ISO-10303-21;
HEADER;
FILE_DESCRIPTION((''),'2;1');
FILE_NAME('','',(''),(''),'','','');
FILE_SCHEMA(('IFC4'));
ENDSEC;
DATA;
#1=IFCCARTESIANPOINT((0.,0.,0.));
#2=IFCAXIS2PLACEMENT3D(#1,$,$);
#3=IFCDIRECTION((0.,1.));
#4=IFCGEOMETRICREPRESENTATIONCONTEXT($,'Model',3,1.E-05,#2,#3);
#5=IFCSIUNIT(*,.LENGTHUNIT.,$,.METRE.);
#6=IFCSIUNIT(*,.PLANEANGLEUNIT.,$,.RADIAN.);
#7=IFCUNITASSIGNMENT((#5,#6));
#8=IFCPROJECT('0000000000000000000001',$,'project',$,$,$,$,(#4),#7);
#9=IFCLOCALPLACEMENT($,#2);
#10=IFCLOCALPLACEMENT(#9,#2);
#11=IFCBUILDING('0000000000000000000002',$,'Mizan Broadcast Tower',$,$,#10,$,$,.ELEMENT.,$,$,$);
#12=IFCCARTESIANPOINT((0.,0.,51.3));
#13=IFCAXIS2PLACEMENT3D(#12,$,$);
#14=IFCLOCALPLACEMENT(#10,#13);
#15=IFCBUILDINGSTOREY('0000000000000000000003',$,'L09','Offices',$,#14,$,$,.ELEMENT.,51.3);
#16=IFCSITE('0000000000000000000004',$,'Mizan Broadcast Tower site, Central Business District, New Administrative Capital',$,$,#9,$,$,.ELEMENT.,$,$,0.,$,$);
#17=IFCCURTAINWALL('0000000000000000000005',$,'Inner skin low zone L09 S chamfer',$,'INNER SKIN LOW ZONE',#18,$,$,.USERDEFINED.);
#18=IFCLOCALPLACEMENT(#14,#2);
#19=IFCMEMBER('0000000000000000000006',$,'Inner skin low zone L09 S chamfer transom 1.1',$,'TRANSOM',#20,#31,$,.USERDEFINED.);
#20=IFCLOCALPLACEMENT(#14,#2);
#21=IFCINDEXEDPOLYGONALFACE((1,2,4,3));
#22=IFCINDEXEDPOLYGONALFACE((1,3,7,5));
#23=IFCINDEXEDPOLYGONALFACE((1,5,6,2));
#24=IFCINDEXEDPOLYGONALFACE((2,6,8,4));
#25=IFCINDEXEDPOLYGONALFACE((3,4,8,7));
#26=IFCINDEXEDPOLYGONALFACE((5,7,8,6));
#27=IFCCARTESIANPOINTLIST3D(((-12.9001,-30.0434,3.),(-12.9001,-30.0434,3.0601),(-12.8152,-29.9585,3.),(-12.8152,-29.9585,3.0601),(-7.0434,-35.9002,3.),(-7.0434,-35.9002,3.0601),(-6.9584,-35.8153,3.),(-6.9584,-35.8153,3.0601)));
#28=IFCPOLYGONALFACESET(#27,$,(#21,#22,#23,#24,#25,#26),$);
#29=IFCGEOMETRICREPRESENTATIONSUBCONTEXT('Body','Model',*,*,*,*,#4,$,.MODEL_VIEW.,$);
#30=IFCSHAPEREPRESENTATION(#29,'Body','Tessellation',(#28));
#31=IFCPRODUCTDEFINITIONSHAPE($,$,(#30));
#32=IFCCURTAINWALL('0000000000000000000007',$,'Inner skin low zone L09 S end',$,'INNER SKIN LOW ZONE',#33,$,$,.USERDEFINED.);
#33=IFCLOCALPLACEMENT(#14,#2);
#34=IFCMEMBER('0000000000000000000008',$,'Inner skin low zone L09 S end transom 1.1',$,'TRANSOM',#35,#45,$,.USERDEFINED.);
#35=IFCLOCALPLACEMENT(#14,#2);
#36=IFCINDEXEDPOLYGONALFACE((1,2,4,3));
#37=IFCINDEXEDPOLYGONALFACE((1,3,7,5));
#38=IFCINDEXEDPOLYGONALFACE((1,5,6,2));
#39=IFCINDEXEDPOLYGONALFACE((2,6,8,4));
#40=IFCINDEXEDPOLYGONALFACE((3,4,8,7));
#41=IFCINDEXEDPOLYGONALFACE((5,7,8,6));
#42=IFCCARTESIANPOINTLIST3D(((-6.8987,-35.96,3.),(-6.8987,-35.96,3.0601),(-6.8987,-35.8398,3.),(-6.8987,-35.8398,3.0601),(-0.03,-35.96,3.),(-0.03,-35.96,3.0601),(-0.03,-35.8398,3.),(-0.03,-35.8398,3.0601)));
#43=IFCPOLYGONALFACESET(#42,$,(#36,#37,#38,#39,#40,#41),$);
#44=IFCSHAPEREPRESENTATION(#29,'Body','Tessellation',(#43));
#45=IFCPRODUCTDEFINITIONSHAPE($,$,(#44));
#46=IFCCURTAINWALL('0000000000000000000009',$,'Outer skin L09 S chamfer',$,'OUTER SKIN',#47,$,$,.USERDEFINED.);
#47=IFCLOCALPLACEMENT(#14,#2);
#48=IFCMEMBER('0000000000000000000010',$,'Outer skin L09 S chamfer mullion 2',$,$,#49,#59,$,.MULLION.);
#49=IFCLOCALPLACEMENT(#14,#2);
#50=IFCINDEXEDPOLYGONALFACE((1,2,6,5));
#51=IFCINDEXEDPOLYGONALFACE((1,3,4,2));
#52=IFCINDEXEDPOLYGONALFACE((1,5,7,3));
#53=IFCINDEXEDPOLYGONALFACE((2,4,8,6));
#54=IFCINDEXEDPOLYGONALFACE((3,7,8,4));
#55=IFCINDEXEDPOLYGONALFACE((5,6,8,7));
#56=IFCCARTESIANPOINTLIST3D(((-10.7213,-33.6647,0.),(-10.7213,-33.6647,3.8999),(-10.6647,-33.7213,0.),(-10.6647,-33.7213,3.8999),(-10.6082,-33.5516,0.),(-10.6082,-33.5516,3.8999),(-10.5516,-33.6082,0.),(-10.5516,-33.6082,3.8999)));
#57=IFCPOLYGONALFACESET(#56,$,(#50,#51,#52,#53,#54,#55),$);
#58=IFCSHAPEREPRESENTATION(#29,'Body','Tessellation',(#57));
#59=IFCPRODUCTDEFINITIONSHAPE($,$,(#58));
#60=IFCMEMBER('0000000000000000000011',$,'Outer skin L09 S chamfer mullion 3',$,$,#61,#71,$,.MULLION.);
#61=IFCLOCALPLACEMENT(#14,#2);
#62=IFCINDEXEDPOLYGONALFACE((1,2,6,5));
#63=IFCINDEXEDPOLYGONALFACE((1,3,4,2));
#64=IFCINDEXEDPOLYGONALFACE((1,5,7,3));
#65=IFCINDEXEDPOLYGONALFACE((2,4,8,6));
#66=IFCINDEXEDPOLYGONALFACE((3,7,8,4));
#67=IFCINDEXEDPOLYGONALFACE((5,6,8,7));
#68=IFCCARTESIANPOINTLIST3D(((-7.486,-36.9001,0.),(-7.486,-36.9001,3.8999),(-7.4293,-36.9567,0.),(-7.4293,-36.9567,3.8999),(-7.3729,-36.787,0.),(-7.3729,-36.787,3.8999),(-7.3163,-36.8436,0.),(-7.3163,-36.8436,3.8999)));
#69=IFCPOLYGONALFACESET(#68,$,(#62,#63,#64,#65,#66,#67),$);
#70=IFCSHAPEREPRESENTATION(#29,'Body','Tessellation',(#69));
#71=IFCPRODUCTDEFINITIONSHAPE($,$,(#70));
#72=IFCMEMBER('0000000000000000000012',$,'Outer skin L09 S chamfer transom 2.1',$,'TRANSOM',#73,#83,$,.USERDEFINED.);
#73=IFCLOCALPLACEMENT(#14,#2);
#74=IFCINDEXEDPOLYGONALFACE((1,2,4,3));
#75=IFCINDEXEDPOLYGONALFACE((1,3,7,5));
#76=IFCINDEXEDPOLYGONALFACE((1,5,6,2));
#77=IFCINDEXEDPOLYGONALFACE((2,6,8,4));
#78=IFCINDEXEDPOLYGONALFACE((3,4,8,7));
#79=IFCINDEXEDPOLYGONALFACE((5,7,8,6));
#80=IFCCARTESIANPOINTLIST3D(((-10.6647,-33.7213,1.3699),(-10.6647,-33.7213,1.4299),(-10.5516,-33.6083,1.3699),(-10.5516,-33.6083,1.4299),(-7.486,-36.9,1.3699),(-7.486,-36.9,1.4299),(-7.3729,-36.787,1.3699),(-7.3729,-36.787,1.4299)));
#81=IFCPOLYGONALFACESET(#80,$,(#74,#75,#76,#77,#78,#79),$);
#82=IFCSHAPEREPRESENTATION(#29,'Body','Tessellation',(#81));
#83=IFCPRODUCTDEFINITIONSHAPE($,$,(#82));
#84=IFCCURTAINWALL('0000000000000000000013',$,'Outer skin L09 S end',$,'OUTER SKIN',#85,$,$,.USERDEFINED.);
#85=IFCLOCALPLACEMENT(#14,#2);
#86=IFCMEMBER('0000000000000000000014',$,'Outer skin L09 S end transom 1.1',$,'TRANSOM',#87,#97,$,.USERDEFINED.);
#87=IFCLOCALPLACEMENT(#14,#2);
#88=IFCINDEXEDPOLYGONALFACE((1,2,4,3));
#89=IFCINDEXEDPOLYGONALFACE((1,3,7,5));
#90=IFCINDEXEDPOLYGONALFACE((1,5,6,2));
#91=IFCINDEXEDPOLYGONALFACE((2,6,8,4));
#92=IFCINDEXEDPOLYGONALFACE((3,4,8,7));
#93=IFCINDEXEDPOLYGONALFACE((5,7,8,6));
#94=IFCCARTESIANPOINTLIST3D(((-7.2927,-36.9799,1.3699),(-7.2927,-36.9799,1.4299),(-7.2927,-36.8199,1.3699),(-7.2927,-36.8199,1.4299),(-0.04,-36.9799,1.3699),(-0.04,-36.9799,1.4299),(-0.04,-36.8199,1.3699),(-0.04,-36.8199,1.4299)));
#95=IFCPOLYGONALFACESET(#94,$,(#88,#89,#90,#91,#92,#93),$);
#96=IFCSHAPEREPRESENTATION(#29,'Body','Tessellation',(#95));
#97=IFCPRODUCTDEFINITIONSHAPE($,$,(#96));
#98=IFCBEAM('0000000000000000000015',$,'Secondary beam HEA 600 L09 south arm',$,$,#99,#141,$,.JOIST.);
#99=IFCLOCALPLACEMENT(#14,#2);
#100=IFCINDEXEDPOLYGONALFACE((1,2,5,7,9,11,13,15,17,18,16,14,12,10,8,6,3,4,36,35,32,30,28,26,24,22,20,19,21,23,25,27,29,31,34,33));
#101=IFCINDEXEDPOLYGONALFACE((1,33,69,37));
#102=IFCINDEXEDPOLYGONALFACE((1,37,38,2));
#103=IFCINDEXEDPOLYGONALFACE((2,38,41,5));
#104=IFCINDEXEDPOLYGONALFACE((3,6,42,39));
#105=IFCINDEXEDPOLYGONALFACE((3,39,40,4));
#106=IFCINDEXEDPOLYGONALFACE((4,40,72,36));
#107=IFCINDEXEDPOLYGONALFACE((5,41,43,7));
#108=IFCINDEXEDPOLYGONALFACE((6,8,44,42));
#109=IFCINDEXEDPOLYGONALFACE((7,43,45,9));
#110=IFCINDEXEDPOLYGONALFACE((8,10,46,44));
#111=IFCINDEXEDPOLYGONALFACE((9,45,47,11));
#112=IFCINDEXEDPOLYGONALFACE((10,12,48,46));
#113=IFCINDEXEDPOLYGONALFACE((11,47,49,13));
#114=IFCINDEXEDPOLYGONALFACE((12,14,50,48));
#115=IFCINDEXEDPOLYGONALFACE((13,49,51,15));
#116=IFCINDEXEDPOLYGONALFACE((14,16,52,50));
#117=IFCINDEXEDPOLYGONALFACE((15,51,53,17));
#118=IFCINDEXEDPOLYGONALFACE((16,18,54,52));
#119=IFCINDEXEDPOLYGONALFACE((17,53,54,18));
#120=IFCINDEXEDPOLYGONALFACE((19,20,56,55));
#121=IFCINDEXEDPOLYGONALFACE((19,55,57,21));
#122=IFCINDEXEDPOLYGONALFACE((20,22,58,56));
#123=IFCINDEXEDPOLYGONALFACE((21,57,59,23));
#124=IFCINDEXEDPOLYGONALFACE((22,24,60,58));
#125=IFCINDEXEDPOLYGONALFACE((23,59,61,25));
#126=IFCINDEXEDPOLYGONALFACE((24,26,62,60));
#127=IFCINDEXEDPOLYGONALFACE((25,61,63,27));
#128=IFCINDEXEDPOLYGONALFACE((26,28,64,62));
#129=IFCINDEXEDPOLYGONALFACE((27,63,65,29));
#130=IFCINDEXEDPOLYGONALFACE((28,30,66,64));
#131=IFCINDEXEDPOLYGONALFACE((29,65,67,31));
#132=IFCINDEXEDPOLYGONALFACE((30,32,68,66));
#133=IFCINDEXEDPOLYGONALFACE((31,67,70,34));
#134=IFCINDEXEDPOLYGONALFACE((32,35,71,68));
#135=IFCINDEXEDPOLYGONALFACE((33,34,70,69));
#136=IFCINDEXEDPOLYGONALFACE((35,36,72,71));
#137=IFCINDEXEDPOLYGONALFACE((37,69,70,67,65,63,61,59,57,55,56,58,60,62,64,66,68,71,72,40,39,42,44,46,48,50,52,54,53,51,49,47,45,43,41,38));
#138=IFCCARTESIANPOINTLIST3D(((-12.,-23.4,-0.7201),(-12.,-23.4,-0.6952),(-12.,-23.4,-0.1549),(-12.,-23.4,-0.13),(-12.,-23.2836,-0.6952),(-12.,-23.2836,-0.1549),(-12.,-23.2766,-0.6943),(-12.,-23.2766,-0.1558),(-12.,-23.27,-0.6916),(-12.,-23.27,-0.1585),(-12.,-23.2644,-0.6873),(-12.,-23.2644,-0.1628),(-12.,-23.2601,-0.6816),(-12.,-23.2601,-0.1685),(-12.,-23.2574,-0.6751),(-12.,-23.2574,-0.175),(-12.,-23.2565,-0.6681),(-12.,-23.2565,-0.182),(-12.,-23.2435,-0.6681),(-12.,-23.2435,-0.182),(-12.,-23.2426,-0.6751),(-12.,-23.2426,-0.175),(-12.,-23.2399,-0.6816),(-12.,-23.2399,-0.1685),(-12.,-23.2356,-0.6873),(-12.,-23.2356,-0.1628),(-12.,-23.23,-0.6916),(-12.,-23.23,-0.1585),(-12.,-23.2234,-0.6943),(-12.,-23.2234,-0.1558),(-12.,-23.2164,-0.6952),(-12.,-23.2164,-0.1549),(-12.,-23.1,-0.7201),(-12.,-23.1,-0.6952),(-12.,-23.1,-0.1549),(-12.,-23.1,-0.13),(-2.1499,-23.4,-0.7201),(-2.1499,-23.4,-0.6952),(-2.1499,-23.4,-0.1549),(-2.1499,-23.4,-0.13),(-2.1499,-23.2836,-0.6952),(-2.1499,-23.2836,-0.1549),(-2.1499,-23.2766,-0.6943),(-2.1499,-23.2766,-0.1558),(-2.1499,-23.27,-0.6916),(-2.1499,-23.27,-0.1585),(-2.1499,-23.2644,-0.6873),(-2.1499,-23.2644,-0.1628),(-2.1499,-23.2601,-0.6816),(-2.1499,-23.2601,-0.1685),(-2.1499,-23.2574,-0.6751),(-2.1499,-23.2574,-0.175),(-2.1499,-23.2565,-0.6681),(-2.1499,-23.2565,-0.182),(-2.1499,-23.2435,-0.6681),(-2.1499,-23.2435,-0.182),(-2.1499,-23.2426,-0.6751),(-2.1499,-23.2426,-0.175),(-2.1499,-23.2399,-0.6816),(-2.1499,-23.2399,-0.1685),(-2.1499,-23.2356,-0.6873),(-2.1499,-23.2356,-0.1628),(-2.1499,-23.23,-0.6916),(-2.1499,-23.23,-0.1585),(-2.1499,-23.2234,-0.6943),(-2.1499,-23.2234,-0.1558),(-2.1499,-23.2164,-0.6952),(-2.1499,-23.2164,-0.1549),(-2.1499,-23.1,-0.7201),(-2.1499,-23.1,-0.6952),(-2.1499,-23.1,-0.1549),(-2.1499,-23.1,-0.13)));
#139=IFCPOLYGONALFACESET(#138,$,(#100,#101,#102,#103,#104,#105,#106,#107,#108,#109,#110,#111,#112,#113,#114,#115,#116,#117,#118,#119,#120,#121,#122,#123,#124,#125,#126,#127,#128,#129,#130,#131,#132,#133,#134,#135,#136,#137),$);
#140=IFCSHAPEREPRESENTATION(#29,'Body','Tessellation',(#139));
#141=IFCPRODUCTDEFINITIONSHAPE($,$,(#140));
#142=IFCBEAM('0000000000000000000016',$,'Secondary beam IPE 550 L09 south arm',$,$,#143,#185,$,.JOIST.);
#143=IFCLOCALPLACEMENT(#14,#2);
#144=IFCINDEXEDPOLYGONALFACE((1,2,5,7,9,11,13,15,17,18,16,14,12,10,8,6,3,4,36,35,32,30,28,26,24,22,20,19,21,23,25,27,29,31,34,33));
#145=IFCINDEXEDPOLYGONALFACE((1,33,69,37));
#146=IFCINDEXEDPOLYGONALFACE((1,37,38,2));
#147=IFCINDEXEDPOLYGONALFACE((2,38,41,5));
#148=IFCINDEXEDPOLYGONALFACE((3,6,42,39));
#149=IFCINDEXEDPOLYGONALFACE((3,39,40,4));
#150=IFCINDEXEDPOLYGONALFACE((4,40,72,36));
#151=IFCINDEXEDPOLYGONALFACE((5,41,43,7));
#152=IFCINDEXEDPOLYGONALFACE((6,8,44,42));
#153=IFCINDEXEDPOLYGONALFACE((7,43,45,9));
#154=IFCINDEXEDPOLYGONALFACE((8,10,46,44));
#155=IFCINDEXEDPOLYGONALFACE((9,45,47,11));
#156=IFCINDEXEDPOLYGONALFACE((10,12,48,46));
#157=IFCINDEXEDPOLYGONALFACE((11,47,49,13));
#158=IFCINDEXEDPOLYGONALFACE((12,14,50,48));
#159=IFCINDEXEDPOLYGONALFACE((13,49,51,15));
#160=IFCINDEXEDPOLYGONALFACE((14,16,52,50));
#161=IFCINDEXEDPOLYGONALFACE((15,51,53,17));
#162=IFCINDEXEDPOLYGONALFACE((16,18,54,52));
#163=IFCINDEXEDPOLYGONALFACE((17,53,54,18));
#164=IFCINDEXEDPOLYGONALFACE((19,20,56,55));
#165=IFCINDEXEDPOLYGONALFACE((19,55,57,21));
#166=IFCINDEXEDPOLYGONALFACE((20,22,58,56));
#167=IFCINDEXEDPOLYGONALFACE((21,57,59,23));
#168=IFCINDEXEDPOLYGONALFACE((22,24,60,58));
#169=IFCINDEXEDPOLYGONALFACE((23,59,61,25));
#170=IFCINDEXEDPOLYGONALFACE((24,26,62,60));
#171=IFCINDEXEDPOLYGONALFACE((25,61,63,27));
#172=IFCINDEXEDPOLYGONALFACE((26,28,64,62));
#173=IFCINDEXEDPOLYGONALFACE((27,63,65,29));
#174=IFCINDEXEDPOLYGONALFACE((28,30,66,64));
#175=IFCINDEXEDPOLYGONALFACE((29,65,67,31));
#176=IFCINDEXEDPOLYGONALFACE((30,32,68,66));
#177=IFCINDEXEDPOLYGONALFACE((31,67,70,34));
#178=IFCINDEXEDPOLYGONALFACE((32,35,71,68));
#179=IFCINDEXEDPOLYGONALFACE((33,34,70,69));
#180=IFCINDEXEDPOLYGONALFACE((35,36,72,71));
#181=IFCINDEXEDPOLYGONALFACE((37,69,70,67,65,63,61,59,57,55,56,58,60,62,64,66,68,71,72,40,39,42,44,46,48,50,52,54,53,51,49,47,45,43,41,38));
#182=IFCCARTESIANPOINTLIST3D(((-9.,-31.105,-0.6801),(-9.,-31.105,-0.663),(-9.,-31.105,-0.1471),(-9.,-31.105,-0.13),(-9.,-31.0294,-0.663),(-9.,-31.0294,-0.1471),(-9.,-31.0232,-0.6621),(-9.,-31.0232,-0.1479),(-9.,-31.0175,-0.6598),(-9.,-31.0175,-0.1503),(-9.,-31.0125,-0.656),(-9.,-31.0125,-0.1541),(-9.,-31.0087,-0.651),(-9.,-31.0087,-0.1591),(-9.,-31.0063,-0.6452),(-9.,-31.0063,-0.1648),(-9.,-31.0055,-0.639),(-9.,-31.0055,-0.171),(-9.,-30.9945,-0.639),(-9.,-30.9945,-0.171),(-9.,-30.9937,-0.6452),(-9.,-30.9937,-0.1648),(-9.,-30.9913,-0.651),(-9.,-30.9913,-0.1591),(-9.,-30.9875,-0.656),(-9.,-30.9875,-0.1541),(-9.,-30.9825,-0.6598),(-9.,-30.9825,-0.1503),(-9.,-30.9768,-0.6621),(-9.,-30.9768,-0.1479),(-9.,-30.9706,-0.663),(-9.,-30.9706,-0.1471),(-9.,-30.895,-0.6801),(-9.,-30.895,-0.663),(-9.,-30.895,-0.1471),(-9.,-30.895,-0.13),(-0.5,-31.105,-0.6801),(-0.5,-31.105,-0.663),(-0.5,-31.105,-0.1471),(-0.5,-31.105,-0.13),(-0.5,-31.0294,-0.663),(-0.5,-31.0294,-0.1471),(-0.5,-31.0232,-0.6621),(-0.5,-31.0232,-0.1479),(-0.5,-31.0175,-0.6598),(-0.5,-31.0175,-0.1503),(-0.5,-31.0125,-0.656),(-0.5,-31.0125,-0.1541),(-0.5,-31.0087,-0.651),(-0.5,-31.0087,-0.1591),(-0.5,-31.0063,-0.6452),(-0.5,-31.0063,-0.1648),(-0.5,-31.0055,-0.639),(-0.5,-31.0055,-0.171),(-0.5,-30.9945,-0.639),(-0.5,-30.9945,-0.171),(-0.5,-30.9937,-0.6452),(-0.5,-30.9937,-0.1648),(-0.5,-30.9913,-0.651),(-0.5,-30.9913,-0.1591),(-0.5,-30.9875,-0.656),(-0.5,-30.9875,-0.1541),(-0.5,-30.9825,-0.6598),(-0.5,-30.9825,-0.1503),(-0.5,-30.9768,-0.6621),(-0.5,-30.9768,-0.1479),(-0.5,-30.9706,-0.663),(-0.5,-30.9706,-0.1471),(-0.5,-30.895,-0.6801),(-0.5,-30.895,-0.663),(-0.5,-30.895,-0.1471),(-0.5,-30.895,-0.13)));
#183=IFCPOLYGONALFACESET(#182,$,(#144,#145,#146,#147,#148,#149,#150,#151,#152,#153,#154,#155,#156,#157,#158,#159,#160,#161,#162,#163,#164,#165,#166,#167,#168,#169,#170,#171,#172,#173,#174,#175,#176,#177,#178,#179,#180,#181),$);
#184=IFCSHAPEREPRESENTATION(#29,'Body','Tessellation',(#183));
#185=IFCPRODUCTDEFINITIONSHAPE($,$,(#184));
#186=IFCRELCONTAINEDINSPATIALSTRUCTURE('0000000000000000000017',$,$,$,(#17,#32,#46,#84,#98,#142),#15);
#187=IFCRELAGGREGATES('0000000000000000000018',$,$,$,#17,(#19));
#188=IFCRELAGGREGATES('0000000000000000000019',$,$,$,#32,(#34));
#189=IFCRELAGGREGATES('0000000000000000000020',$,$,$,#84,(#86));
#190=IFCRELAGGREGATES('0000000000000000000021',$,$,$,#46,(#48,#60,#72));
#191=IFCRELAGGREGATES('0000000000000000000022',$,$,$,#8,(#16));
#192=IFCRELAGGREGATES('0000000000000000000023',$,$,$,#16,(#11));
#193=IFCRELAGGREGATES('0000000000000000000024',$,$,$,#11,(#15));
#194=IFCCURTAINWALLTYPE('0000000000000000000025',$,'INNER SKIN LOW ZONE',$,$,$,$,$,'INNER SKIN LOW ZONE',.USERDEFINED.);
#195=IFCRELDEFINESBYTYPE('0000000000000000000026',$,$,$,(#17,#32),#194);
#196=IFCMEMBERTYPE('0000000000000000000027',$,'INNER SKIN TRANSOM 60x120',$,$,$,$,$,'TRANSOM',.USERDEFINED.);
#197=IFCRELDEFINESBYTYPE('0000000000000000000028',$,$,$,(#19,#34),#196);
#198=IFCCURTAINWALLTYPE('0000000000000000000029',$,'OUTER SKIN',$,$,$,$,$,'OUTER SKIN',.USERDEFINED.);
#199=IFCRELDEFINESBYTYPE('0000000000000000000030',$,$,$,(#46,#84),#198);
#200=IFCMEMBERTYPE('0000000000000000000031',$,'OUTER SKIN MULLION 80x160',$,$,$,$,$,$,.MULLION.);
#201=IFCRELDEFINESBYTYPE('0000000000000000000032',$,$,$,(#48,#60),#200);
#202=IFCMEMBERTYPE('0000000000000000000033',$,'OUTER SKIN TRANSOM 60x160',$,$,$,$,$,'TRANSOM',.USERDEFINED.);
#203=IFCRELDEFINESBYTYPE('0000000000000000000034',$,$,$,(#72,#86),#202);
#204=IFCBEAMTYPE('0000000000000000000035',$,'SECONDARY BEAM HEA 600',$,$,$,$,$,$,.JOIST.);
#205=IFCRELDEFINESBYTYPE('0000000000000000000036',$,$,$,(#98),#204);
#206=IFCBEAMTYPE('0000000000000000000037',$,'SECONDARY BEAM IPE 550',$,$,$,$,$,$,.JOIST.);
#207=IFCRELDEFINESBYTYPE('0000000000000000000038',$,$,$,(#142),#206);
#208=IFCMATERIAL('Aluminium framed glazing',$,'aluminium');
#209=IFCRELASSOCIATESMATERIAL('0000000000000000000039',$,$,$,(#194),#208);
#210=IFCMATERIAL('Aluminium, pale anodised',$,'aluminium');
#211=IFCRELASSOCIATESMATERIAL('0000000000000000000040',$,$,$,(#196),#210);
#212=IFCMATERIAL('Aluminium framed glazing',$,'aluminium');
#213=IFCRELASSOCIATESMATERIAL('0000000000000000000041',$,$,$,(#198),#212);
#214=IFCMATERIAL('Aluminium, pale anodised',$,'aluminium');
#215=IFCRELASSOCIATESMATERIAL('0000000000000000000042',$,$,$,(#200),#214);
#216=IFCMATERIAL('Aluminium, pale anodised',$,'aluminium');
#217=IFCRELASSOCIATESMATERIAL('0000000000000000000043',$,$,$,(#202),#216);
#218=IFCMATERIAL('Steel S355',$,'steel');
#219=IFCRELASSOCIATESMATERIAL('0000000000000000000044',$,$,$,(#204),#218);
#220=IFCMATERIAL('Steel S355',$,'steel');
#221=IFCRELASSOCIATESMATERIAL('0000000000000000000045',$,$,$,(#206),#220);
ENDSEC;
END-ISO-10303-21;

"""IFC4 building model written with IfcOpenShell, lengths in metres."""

from ifc_helpers import new_model, si_unit, direction, frame, origin, origin_2d, place, context, subcontext, project, spatial, rectangle, i_section, extrude, material, material_profile, profile_set, type_object, element, aggregate, save


model = new_model("IFC4")

# Units and contexts
model_context = context("Model", 3, precision=1e-05, world=origin(), true_north=direction((0.0, 1.0)))
body_context = subcontext(model_context, "Body", "Model", "MODEL_VIEW")
ifc_project = project(units=[si_unit("LENGTHUNIT", "METRE"), si_unit("PLANEANGLEUNIT", "RADIAN")], contexts=[model_context])

# Site, building, storey
site_placement = place(None, origin())
site = spatial("IfcSite", under=ifc_project, at=site_placement, Name="Mizan Broadcast Tower site, Central Business District, New Administrative Capital", CompositionType="ELEMENT", RefElevation=0.0)
building_placement = place(site_placement, origin())
building = spatial("IfcBuilding", under=site, at=building_placement, Name="Mizan Broadcast Tower", CompositionType="ELEMENT")
storey_placement = place(building_placement, frame((0.0, 0.0, 51.3)))
storey = spatial("IfcBuildingStorey", under=building, at=storey_placement, Name="L09", Description="Offices", CompositionType="ELEMENT", Elevation=51.3)

# Shared definitions
ifc_material_1 = material(Name="Aluminium framed glazing", Category="aluminium")
curtain_wall_type_1 = type_object("IfcCurtainWallType", Name="INNER SKIN LOW ZONE", ElementType="INNER SKIN LOW ZONE", PredefinedType="USERDEFINED", material=ifc_material_1)

# Curtain wall
curtain_wall_1_placement = place(storey_placement, origin())
curtain_wall_1 = element("IfcCurtainWall", 1, at=curtain_wall_1_placement, inside=storey, type_object=curtain_wall_type_1, Name="Inner skin low zone L09 S chamfer", ObjectType="INNER SKIN LOW ZONE", PredefinedType="USERDEFINED")

# Member
ifc_material_2 = material(Name="Aluminium, pale anodised", Category="aluminium")
ifc_material_profile_1 = material_profile(ifc_material_2, rectangle(XDim=0.1201, YDim=0.0601, at=origin_2d()), Name="TRANSOM 120x60")
ifc_profile_set_1 = profile_set([ifc_material_profile_1], Name="Aluminium, pale anodised")
member_type_1 = type_object("IfcMemberType", Name="INNER SKIN TRANSOM 60x120", ElementType="TRANSOM", PredefinedType="USERDEFINED", material=ifc_profile_set_1)
member_1_placement = place(storey_placement, frame((-12.8577, -30.001, 3.03), z_axis=(0.707107, -0.707107, 0.0), x_axis=(0.707107, 0.707107, 0.0)))
member_1 = element("IfcMember", 2, at=member_1_placement, type_object=member_type_1, Name="Inner skin low zone L09 S chamfer transom 1.1", ObjectType="TRANSOM", PredefinedType="USERDEFINED", context=body_context, shape_type="SweptSolid", body=[
    extrude(rectangle(XDim=0.1201, YDim=0.0601, at=origin_2d()), origin(), (0.0, 0.0, 1.0), 8.2827),
])

# Curtain wall, member
curtain_wall_2_placement = place(storey_placement, origin())
curtain_wall_2 = element("IfcCurtainWall", 3, at=curtain_wall_2_placement, inside=storey, type_object=curtain_wall_type_1, Name="Inner skin low zone L09 S end", ObjectType="INNER SKIN LOW ZONE", PredefinedType="USERDEFINED")
member_2_placement = place(storey_placement, frame((-6.8987, -35.8999, 3.03), z_axis=(1.0, 0.0, 0.0), x_axis=(0.0, 1.0, 0.0)))
member_2 = element("IfcMember", 4, at=member_2_placement, type_object=member_type_1, Name="Inner skin low zone L09 S end transom 1.1", ObjectType="TRANSOM", PredefinedType="USERDEFINED", context=body_context, shape_type="SweptSolid", body=[
    extrude(rectangle(XDim=0.1201, YDim=0.0601, at=origin_2d()), origin(), (0.0, 0.0, 1.0), 6.8687),
])

# Curtain wall, members
ifc_material_3 = material(Name="Aluminium framed glazing", Category="aluminium")
curtain_wall_type_2 = type_object("IfcCurtainWallType", Name="OUTER SKIN", ElementType="OUTER SKIN", PredefinedType="USERDEFINED", material=ifc_material_3)
curtain_wall_3_placement = place(storey_placement, origin())
curtain_wall_3 = element("IfcCurtainWall", 5, at=curtain_wall_3_placement, inside=storey, type_object=curtain_wall_type_2, Name="Outer skin L09 S chamfer", ObjectType="OUTER SKIN", PredefinedType="USERDEFINED")
ifc_material_4 = material(Name="Aluminium, pale anodised", Category="aluminium")
ifc_material_profile_2 = material_profile(ifc_material_4, rectangle(XDim=0.1599, YDim=0.0801, at=origin_2d()), Name="MULLION 160x80")
ifc_profile_set_2 = profile_set([ifc_material_profile_2], Name="Aluminium, pale anodised")
member_type_2 = type_object("IfcMemberType", Name="OUTER SKIN MULLION 80x160", PredefinedType="MULLION", material=ifc_profile_set_2)
member_3_placement = place(storey_placement, frame((-10.6365, -33.6365, 0.0), z_axis=(0.0, 0.0, 1.0), x_axis=(0.707107, 0.707107, 0.0)))
member_3 = element("IfcMember", 6, at=member_3_placement, type_object=member_type_2, Name="Outer skin L09 S chamfer mullion 2", PredefinedType="MULLION", context=body_context, shape_type="SweptSolid", body=[
    extrude(rectangle(XDim=0.1599, YDim=0.0801, at=origin_2d()), origin(), (0.0, 0.0, 1.0), 3.8999),
])
member_4_placement = place(storey_placement, frame((-7.4011, -36.8718, 0.0), z_axis=(0.0, 0.0, 1.0), x_axis=(0.707107, 0.707107, 0.0)))
member_4 = element("IfcMember", 7, at=member_4_placement, type_object=member_type_2, Name="Outer skin L09 S chamfer mullion 3", PredefinedType="MULLION", context=body_context, shape_type="SweptSolid", body=[
    extrude(rectangle(XDim=0.1599, YDim=0.0801, at=origin_2d()), origin(), (0.0, 0.0, 1.0), 3.8999),
])
ifc_material_5 = material(Name="Aluminium, pale anodised", Category="aluminium")
ifc_material_profile_3 = material_profile(ifc_material_5, rectangle(XDim=0.1599, YDim=0.0601, at=origin_2d()), Name="TRANSOM 160x60")
ifc_profile_set_3 = profile_set([ifc_material_profile_3], Name="Aluminium, pale anodised")
member_type_3 = type_object("IfcMemberType", Name="OUTER SKIN TRANSOM 60x160", ElementType="TRANSOM", PredefinedType="USERDEFINED", material=ifc_profile_set_3)
member_5_placement = place(storey_placement, frame((-10.6082, -33.6648, 1.3999), z_axis=(0.707107, -0.707107, 0.0), x_axis=(0.707107, 0.707107, 0.0)))
member_5 = element("IfcMember", 8, at=member_5_placement, type_object=member_type_3, Name="Outer skin L09 S chamfer transom 2.1", ObjectType="TRANSOM", PredefinedType="USERDEFINED", context=body_context, shape_type="SweptSolid", body=[
    extrude(rectangle(XDim=0.1599, YDim=0.0601, at=origin_2d()), origin(), (0.0, 0.0, 1.0), 4.4954),
])

# Curtain wall, member
curtain_wall_4_placement = place(storey_placement, origin())
curtain_wall_4 = element("IfcCurtainWall", 9, at=curtain_wall_4_placement, inside=storey, type_object=curtain_wall_type_2, Name="Outer skin L09 S end", ObjectType="OUTER SKIN", PredefinedType="USERDEFINED")
member_6_placement = place(storey_placement, frame((-7.2927, -36.8999, 1.3999), z_axis=(1.0, 0.0, 0.0), x_axis=(0.0, 1.0, 0.0)))
member_6 = element("IfcMember", 10, at=member_6_placement, type_object=member_type_3, Name="Outer skin L09 S end transom 1.1", ObjectType="TRANSOM", PredefinedType="USERDEFINED", context=body_context, shape_type="SweptSolid", body=[
    extrude(rectangle(XDim=0.1599, YDim=0.0601, at=origin_2d()), origin(), (0.0, 0.0, 1.0), 7.2527),
])

# Beams
ifc_material_6 = material(Name="Steel S355", Category="steel")
ifc_material_profile_4 = material_profile(ifc_material_6, i_section(OverallWidth=0.3, OverallDepth=0.5901, WebThickness=0.0129, FlangeThickness=0.0249, FilletRadius=0.0271, at=origin_2d()), Name="HEA 600")
ifc_profile_set_4 = profile_set([ifc_material_profile_4], Name="Steel S355")
beam_type_1 = type_object("IfcBeamType", Name="SECONDARY BEAM HEA 600", PredefinedType="JOIST", material=ifc_profile_set_4)
beam_1_placement = place(storey_placement, frame((-12.0, -23.25, -0.425), z_axis=(1.0, 0.0, 0.0), x_axis=(0.0, 1.0, 0.0)))
element("IfcBeam", 11, at=beam_1_placement, inside=storey, type_object=beam_type_1, Name="Secondary beam HEA 600 L09 south arm", PredefinedType="JOIST", context=body_context, shape_type="SweptSolid", body=[
    extrude(i_section(OverallWidth=0.3, OverallDepth=0.5901, WebThickness=0.0129, FlangeThickness=0.0249, FilletRadius=0.0271, at=origin_2d()), origin(), (0.0, 0.0, 1.0), 9.8501),
])
ifc_material_7 = material(Name="Steel S355", Category="steel")
ifc_material_profile_5 = material_profile(ifc_material_7, i_section(OverallWidth=0.21, OverallDepth=0.55, WebThickness=0.011, FlangeThickness=0.0171, FilletRadius=0.0239, at=origin_2d()), Name="IPE 550")
ifc_profile_set_5 = profile_set([ifc_material_profile_5], Name="Steel S355")
beam_type_2 = type_object("IfcBeamType", Name="SECONDARY BEAM IPE 550", PredefinedType="JOIST", material=ifc_profile_set_5)
beam_2_placement = place(storey_placement, frame((-9.0, -31.0, -0.405), z_axis=(1.0, 0.0, 0.0), x_axis=(0.0, 1.0, 0.0)))
element("IfcBeam", 12, at=beam_2_placement, inside=storey, type_object=beam_type_2, Name="Secondary beam IPE 550 L09 south arm", PredefinedType="JOIST", context=body_context, shape_type="SweptSolid", body=[
    extrude(i_section(OverallWidth=0.21, OverallDepth=0.55, WebThickness=0.011, FlangeThickness=0.0171, FilletRadius=0.0239, at=origin_2d()), origin(), (0.0, 0.0, 1.0), 8.5),
])

aggregate(curtain_wall_1, [member_1])
aggregate(curtain_wall_2, [member_2])
aggregate(curtain_wall_4, [member_6])
aggregate(curtain_wall_3, [member_3, member_4, member_5])

save(model, "model.ifc")
